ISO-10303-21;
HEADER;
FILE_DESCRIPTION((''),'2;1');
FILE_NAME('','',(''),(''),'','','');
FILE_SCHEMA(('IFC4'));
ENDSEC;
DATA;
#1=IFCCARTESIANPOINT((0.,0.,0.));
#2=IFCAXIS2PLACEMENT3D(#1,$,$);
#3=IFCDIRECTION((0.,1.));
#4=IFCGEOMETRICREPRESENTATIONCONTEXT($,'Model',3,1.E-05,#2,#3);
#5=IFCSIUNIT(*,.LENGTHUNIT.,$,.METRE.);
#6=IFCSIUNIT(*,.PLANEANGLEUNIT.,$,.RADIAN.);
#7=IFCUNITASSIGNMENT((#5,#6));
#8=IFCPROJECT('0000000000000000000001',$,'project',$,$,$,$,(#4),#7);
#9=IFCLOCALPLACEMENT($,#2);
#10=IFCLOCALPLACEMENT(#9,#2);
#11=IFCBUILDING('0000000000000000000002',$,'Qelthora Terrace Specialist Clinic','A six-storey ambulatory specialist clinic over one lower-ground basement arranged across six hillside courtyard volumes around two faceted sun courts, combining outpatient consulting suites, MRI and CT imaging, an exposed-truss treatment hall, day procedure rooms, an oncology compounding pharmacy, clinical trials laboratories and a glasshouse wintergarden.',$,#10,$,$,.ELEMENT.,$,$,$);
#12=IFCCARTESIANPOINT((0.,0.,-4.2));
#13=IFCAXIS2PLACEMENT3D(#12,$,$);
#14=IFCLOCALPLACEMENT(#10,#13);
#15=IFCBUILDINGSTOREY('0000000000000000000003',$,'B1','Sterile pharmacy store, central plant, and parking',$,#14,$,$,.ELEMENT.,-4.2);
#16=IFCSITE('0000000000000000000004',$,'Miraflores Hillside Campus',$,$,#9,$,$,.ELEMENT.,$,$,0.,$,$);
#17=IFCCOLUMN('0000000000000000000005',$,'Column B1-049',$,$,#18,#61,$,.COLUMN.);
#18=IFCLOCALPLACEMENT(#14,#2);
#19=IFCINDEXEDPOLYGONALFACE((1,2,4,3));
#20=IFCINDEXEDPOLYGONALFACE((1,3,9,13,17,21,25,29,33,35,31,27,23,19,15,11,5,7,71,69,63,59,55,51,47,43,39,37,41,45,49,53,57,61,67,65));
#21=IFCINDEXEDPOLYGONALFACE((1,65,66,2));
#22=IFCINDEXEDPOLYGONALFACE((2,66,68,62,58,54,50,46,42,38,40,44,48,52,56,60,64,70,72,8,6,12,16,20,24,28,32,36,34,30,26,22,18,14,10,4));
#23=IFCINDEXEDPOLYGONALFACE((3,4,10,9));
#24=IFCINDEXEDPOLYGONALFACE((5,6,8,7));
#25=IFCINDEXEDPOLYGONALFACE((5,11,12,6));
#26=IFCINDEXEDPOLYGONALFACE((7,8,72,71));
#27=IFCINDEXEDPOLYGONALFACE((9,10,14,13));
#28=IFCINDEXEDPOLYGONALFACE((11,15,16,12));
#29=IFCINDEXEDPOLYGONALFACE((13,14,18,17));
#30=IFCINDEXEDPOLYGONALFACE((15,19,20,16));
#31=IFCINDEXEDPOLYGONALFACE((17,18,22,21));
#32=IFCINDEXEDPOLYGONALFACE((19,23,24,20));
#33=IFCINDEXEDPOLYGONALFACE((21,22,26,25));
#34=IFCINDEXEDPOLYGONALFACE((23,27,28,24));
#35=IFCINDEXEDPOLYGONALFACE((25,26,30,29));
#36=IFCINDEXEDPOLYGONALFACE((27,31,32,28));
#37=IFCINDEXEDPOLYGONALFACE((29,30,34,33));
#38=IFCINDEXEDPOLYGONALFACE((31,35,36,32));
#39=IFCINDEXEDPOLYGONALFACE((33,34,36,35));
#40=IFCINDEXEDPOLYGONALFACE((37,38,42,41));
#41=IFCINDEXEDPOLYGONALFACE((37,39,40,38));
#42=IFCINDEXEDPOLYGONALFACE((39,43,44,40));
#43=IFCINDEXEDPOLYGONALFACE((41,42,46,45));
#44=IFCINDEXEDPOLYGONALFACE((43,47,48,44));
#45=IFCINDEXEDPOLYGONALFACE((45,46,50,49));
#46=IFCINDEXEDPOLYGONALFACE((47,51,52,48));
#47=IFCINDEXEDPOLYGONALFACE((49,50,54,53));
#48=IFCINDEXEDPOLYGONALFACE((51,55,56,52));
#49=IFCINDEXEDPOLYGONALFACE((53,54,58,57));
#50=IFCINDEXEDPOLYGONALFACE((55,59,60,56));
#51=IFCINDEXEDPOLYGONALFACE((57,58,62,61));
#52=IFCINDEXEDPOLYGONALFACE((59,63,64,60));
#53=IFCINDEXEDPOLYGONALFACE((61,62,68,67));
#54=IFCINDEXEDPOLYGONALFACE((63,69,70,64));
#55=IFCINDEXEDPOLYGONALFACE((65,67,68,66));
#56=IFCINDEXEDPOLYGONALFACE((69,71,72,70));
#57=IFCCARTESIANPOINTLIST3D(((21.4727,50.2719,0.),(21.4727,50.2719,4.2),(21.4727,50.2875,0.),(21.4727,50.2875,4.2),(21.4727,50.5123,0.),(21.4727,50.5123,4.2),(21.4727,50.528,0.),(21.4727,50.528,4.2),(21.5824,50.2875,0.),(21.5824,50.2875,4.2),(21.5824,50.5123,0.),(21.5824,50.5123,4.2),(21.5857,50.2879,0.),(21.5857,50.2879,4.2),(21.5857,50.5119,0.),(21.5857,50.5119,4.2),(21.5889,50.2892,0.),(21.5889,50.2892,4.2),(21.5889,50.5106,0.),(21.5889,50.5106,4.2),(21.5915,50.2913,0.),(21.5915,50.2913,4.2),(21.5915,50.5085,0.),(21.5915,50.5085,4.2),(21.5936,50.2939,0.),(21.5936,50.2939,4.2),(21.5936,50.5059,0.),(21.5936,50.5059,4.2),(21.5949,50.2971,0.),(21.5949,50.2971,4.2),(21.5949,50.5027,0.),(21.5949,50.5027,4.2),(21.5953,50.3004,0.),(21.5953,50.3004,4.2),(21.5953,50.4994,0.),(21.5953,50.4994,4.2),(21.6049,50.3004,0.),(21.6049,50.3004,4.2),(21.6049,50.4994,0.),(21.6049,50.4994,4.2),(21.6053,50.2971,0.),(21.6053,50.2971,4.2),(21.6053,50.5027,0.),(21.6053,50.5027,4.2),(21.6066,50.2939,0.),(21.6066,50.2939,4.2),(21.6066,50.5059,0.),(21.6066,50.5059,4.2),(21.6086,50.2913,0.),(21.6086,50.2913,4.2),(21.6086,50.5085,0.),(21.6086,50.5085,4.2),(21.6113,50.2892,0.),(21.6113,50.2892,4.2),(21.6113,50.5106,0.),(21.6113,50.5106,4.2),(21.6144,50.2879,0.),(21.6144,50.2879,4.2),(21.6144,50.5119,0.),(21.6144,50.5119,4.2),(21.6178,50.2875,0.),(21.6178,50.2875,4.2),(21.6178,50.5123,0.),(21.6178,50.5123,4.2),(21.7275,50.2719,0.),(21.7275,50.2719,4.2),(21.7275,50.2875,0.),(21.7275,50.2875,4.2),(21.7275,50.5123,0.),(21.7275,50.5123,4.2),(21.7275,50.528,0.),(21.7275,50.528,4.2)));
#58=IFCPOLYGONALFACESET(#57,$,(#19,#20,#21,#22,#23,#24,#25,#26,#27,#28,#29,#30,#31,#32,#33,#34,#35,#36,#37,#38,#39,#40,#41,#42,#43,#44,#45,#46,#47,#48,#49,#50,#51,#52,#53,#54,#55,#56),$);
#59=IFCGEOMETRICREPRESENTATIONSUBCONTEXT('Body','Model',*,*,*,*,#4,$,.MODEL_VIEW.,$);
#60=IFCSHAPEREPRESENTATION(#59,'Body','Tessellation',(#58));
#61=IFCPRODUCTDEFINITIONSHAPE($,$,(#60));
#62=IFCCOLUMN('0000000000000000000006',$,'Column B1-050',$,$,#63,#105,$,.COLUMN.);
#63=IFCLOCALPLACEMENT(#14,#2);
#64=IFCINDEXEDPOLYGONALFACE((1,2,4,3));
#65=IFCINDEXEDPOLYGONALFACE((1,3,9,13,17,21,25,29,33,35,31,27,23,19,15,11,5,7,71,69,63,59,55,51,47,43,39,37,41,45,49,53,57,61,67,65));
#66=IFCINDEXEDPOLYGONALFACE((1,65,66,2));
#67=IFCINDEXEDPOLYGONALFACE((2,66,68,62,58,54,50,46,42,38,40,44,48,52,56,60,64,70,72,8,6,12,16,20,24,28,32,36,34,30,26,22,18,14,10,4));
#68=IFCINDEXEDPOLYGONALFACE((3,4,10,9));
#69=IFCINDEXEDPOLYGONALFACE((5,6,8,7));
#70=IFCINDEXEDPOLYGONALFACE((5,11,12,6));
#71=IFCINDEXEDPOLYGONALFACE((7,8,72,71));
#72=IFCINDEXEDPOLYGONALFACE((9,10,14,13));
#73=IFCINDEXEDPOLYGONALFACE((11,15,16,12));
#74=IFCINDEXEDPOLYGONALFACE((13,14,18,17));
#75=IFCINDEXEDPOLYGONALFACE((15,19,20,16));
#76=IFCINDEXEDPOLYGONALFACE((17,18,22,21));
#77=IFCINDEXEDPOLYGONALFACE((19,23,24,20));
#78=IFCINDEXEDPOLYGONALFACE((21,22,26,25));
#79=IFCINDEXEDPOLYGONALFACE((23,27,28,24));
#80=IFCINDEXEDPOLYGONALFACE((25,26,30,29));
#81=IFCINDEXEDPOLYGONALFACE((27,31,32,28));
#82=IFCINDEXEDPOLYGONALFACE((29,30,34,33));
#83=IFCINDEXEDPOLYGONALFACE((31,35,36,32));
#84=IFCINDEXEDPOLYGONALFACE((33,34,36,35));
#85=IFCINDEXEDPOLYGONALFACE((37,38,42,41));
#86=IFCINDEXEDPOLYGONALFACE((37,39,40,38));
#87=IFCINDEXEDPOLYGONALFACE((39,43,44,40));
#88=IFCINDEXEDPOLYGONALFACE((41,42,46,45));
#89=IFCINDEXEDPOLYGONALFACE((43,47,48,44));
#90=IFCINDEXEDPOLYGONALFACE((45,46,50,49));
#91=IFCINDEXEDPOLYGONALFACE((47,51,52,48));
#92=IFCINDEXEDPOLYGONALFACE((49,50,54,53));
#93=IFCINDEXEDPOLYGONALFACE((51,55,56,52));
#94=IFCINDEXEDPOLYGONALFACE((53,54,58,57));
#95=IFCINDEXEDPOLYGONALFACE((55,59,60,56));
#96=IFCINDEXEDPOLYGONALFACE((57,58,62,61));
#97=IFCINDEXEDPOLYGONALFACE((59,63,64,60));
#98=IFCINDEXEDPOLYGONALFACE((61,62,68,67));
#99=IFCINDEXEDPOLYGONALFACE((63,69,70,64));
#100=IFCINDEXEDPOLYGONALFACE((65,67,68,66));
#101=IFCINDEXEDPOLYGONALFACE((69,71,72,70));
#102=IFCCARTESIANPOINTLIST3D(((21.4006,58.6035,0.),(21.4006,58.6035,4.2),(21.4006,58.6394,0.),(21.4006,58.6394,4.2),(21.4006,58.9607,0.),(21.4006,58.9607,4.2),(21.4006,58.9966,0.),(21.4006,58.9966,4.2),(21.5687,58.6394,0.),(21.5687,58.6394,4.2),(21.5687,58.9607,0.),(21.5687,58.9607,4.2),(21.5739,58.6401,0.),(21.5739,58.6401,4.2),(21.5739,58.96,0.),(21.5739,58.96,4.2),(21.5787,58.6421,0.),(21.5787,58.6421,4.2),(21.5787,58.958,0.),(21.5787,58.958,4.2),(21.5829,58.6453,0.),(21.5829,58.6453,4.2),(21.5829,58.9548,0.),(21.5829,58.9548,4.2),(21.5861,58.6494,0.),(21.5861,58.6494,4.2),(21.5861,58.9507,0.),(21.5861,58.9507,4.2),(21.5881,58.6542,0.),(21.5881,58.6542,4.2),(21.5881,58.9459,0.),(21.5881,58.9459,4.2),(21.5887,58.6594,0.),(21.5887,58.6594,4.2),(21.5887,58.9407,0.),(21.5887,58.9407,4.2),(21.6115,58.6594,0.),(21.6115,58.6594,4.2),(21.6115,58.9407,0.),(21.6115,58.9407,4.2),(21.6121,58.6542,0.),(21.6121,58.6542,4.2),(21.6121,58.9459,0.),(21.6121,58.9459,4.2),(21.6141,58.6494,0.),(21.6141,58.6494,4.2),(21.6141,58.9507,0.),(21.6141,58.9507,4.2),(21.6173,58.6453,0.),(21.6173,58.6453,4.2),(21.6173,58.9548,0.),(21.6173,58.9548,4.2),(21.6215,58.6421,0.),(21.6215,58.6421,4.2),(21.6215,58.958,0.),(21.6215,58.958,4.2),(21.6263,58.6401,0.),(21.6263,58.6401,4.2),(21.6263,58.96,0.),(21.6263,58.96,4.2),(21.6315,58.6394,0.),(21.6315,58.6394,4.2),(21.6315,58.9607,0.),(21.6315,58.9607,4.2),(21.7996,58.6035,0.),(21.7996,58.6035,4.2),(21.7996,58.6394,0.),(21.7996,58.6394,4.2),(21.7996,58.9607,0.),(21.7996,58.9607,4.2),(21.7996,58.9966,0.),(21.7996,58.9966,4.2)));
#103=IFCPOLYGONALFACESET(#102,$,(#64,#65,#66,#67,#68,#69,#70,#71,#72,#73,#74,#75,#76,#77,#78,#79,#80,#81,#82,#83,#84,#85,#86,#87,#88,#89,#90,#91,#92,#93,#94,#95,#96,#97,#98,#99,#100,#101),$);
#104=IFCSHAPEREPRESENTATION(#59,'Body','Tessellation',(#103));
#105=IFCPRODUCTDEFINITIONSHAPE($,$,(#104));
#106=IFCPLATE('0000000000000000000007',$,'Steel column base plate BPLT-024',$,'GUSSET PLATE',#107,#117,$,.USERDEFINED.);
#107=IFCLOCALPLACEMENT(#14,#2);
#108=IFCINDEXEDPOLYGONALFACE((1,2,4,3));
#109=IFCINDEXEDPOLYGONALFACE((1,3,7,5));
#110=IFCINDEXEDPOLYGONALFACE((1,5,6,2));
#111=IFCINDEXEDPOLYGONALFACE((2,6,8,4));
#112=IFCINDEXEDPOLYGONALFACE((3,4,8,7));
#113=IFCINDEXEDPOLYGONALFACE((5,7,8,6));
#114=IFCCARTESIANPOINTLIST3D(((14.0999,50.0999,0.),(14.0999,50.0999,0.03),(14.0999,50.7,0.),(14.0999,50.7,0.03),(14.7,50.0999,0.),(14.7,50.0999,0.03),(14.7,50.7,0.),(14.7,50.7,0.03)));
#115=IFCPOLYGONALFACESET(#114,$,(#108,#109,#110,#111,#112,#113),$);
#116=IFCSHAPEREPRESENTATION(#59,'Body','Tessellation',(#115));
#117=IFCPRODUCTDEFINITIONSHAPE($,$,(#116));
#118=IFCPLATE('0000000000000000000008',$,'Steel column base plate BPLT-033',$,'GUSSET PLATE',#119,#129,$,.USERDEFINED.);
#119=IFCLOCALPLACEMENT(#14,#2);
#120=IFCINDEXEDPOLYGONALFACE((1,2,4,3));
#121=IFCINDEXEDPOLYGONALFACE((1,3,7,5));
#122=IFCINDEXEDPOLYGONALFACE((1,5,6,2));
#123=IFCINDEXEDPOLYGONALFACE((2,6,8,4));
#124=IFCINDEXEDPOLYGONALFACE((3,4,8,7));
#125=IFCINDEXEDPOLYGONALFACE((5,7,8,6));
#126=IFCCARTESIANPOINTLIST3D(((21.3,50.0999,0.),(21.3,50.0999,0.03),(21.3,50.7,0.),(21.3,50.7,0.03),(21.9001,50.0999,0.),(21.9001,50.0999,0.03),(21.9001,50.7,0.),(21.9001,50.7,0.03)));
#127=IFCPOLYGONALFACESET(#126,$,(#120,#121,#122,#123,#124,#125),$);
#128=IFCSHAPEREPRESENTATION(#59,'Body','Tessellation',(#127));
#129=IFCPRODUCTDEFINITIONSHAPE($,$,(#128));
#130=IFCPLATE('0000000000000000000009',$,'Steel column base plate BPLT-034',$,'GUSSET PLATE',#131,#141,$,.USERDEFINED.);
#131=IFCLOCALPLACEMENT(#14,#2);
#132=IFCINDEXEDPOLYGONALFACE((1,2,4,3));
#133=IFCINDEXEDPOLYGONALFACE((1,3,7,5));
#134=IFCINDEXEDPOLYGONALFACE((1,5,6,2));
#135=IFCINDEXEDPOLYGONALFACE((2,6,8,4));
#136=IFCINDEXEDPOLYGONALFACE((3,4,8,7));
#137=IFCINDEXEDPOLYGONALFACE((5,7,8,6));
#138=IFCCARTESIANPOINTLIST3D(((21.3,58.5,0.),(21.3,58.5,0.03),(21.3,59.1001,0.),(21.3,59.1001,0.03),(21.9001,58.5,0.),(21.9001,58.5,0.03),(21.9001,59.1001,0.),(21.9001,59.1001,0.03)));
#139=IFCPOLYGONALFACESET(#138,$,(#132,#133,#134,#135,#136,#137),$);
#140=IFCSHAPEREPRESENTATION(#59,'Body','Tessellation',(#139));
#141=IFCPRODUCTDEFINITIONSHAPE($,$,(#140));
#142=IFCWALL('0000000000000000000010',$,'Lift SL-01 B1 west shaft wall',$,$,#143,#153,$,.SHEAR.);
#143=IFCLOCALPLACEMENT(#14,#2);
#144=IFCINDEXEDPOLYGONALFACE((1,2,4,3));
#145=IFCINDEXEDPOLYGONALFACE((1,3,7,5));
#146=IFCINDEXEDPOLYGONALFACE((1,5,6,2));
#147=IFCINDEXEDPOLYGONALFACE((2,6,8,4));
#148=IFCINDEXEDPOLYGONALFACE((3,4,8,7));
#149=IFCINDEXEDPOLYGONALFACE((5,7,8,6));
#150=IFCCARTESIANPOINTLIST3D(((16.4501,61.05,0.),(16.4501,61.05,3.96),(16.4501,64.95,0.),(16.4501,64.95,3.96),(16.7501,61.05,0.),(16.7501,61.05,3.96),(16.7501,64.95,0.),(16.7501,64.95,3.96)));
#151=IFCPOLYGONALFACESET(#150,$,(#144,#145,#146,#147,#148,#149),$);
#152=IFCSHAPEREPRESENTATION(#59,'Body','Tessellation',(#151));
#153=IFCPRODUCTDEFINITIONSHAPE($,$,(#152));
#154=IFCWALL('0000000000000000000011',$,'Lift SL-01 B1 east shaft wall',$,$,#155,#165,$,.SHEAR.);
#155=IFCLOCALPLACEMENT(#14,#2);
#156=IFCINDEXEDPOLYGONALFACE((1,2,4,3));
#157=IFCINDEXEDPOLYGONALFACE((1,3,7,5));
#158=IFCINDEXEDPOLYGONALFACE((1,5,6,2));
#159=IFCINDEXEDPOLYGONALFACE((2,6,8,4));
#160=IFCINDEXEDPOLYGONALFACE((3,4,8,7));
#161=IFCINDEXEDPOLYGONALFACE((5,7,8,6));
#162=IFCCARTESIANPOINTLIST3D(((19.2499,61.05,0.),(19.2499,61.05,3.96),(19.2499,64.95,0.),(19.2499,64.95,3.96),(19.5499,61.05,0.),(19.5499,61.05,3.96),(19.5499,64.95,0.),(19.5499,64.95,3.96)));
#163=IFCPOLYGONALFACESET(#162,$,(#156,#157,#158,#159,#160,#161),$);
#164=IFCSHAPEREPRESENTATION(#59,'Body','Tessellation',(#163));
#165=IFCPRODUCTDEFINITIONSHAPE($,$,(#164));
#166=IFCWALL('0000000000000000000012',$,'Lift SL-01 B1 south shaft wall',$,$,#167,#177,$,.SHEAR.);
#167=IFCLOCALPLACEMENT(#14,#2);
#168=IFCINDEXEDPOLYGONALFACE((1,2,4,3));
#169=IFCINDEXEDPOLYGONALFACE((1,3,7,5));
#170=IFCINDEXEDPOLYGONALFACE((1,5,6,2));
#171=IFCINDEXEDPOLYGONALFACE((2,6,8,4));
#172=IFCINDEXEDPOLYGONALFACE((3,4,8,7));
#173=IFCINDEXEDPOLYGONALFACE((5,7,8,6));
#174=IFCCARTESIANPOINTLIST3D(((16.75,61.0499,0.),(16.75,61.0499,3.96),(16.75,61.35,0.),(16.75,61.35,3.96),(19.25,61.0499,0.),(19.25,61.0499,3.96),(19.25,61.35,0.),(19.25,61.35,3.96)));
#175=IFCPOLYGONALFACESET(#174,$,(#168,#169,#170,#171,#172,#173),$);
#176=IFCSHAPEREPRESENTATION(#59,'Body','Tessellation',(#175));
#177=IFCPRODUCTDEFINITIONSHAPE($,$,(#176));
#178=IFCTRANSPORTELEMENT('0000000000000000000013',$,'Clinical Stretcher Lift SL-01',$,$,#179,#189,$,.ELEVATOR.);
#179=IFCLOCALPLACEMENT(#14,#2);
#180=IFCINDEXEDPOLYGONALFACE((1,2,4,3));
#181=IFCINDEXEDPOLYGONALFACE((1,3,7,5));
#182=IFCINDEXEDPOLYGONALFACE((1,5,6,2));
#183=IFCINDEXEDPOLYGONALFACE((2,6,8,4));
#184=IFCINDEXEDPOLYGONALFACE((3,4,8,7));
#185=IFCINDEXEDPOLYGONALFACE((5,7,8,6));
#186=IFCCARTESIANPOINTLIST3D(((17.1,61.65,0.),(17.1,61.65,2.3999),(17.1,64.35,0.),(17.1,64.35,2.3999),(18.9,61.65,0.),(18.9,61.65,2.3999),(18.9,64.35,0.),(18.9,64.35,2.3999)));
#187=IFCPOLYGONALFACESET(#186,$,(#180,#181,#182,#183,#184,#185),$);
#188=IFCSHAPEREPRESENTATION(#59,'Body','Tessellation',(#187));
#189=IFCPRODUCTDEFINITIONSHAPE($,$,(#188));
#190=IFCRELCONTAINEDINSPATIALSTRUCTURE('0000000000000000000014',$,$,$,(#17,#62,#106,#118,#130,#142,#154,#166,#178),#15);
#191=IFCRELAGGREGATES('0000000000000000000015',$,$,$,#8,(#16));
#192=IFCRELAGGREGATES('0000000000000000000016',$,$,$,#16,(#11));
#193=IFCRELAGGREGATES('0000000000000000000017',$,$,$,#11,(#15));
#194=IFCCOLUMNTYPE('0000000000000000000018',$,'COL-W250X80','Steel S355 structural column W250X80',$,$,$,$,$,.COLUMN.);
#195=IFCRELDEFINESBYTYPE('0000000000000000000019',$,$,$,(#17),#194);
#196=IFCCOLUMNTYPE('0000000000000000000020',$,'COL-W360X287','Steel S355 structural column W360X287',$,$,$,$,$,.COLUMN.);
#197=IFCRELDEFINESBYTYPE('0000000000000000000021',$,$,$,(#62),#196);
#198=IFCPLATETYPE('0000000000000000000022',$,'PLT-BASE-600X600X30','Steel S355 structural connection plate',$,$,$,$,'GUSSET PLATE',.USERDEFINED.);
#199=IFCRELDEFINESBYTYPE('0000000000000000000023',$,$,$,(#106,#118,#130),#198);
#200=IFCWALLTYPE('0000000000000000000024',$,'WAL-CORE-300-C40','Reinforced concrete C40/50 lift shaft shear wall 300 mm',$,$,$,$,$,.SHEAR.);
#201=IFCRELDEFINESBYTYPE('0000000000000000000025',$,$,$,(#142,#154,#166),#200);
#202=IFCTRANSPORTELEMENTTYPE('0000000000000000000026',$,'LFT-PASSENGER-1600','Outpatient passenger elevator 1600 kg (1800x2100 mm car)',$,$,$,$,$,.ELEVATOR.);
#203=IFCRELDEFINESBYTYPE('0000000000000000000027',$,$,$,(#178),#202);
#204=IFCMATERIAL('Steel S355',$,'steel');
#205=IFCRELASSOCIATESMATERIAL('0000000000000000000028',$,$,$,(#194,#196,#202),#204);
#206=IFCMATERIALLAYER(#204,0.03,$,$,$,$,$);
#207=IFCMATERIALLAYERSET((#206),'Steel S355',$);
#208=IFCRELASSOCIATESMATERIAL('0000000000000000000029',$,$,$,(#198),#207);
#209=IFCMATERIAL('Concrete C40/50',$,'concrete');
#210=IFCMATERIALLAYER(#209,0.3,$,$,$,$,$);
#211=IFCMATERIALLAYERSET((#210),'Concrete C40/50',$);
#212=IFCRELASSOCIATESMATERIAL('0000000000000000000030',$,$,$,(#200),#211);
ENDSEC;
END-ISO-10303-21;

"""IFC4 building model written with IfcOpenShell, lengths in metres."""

from ifc_helpers import new_model, si_unit, direction, frame, frame_2d, origin, origin_2d, place, context, subcontext, project, spatial, rectangle, i_section, extrude, material, layer, layer_set, material_profile, profile_set, type_object, element, save


model = new_model("IFC4")

# Units and contexts
model_context = context("Model", 3, precision=1e-05, world=origin(), true_north=direction((0.0, 1.0)))
body_context = subcontext(model_context, "Body", "Model", "MODEL_VIEW")
ifc_project = project(units=[si_unit("LENGTHUNIT", "METRE"), si_unit("PLANEANGLEUNIT", "RADIAN")], contexts=[model_context])

# Site, building, storey
site_placement = place(None, origin())
site = spatial("IfcSite", under=ifc_project, at=site_placement, Name="Miraflores Hillside Campus", CompositionType="ELEMENT", RefElevation=0.0)
building_placement = place(site_placement, origin())
building = spatial("IfcBuilding", under=site, at=building_placement, Name="Qelthora Terrace Specialist Clinic", Description="A six-storey ambulatory specialist clinic over one lower-ground basement arranged across six hillside courtyard volumes around two faceted sun courts, combining outpatient consulting suites, MRI and CT imaging, an exposed-truss treatment hall, day procedure rooms, an oncology compounding pharmacy, clinical trials laboratories and a glasshouse wintergarden.", CompositionType="ELEMENT")
storey_placement = place(building_placement, frame((0.0, 0.0, -4.2)))
storey = spatial("IfcBuildingStorey", under=building, at=storey_placement, Name="B1", Description="Sterile pharmacy store, central plant, and parking", CompositionType="ELEMENT", Elevation=-4.2)

# Columns
ifc_material_1 = material(Name="Concrete C40/50", Category="concrete")
ifc_material_2 = material(Name="Steel S355", Category="steel")
ifc_material_profile_1 = material_profile(ifc_material_2, i_section(OverallWidth=0.2549, OverallDepth=0.2561, WebThickness=0.0095, FlangeThickness=0.0156, FilletRadius=0.0129, at=origin_2d()), Name="W250X80")
ifc_profile_set_1 = profile_set([ifc_material_profile_1], Name="Steel S355")
column_type_1 = type_object("IfcColumnType", Name="COL-W250X80", Description="Steel S355 structural column W250X80", PredefinedType="COLUMN", material=ifc_profile_set_1)
column_1_placement = place(storey_placement, frame((21.6001, 50.3999, 0.0), z_axis=(0.0, 0.0, 1.0), x_axis=(1.0, 0.0, 0.0)))
element("IfcColumn", 1, at=column_1_placement, inside=storey, type_object=column_type_1, Name="Column B1-049", PredefinedType="COLUMN", context=body_context, shape_type="SweptSolid", body=[
    extrude(i_section(OverallWidth=0.2549, OverallDepth=0.2561, WebThickness=0.0095, FlangeThickness=0.0156, FilletRadius=0.0129, at=origin_2d()), origin(), (0.0, 0.0, 1.0), 4.2),
])
ifc_material_profile_2 = material_profile(ifc_material_2, i_section(OverallWidth=0.3989, OverallDepth=0.3931, WebThickness=0.0227, FlangeThickness=0.0359, FilletRadius=0.02, at=origin_2d()), Name="W360X287")
ifc_profile_set_2 = profile_set([ifc_material_profile_2], Name="Steel S355")
column_type_2 = type_object("IfcColumnType", Name="COL-W360X287", Description="Steel S355 structural column W360X287", PredefinedType="COLUMN", material=ifc_profile_set_2)
column_2_placement = place(storey_placement, frame((21.6001, 58.8, 0.0), z_axis=(0.0, 0.0, 1.0), x_axis=(1.0, 0.0, 0.0)))
element("IfcColumn", 2, at=column_2_placement, inside=storey, type_object=column_type_2, Name="Column B1-050", PredefinedType="COLUMN", context=body_context, shape_type="SweptSolid", body=[
    extrude(i_section(OverallWidth=0.3989, OverallDepth=0.3931, WebThickness=0.0227, FlangeThickness=0.0359, FilletRadius=0.02, at=origin_2d()), origin(), (0.0, 0.0, 1.0), 4.2),
])

# Plates
ifc_layer_1 = layer(ifc_material_2, 0.03)
ifc_layer_set_1 = layer_set([ifc_layer_1], Name="Steel S355")
plate_type = type_object("IfcPlateType", Name="PLT-BASE-600X600X30", Description="Steel S355 structural connection plate", ElementType="GUSSET PLATE", PredefinedType="USERDEFINED", material=ifc_layer_set_1)
for number, where, z_axis, x_axis, name in (
    (3, (14.3999, 50.3999, 0.0), (0.0, 0.0, 1.0), (1.0, 0.0, 0.0), "Steel column base plate BPLT-024"),
    (4, (21.6001, 50.3999, 0.0), (0.0, 0.0, 1.0), (1.0, 0.0, 0.0), "Steel column base plate BPLT-033"),
    (5, (21.6001, 58.8, 0.0), (0.0, 0.0, 1.0), (1.0, 0.0, 0.0), "Steel column base plate BPLT-034"),
):
    element("IfcPlate", number, at=place(storey_placement, frame(where, z_axis=z_axis, x_axis=x_axis)), inside=storey, type_object=plate_type, Name=name, ObjectType="GUSSET PLATE", PredefinedType="USERDEFINED", context=body_context, shape_type="SweptSolid", body=[
        extrude(rectangle(XDim=0.6001, YDim=0.6001, at=origin_2d()), origin(), (0.0, 0.0, 1.0), 0.03),
    ])

# Walls
ifc_layer_2 = layer(ifc_material_1, 0.3)
ifc_layer_set_2 = layer_set([ifc_layer_2], Name="Concrete C40/50")
wall_type = type_object("IfcWallType", Name="WAL-CORE-300-C40", Description="Reinforced concrete C40/50 lift shaft shear wall 300 mm", PredefinedType="SHEAR", material=ifc_layer_set_2)
for number, where, z_axis, x_axis, name in (
    (6, (16.6001, 61.05, 0.0), (0.0, 0.0, 1.0), (0.0, 1.0, 0.0), "Lift SL-01 B1 west shaft wall"),
    (7, (19.3999, 61.05, 0.0), (0.0, 0.0, 1.0), (0.0, 1.0, 0.0), "Lift SL-01 B1 east shaft wall"),
):
    element("IfcWall", number, at=place(storey_placement, frame(where, z_axis=z_axis, x_axis=x_axis)), inside=storey, type_object=wall_type, Name=name, PredefinedType="SHEAR", context=body_context, shape_type="SweptSolid", body=[
        extrude(rectangle(XDim=3.8999, YDim=0.3, at=frame_2d((1.95, 0.0))), origin(), (0.0, 0.0, 1.0), 3.96),
    ])

# Wall
wall_1_placement = place(storey_placement, frame((16.75, 61.2, 0.0), z_axis=(0.0, 0.0, 1.0), x_axis=(1.0, 0.0, 0.0)))
element("IfcWall", 8, at=wall_1_placement, inside=storey, type_object=wall_type, Name="Lift SL-01 B1 south shaft wall", PredefinedType="SHEAR", context=body_context, shape_type="SweptSolid", body=[
    extrude(rectangle(XDim=2.5, YDim=0.3, at=frame_2d((1.25, 0.0))), origin(), (0.0, 0.0, 1.0), 3.96),
])

# Transport element
transport_element_type = type_object("IfcTransportElementType", Name="LFT-PASSENGER-1600", Description="Outpatient passenger elevator 1600 kg (1800x2100 mm car)", PredefinedType="ELEVATOR", material=ifc_material_2)
transport_element_placement = place(storey_placement, frame((18.0, 63.0, 0.0), z_axis=(0.0, 0.0, 1.0), x_axis=(1.0, 0.0, 0.0)))
element("IfcTransportElement", 9, at=transport_element_placement, inside=storey, type_object=transport_element_type, Name="Clinical Stretcher Lift SL-01", PredefinedType="ELEVATOR", context=body_context, shape_type="SweptSolid", body=[
    extrude(rectangle(XDim=1.8, YDim=2.7, at=origin_2d()), origin(), (0.0, 0.0, 1.0), 2.3999),
])

save(model, "model.ifc")
